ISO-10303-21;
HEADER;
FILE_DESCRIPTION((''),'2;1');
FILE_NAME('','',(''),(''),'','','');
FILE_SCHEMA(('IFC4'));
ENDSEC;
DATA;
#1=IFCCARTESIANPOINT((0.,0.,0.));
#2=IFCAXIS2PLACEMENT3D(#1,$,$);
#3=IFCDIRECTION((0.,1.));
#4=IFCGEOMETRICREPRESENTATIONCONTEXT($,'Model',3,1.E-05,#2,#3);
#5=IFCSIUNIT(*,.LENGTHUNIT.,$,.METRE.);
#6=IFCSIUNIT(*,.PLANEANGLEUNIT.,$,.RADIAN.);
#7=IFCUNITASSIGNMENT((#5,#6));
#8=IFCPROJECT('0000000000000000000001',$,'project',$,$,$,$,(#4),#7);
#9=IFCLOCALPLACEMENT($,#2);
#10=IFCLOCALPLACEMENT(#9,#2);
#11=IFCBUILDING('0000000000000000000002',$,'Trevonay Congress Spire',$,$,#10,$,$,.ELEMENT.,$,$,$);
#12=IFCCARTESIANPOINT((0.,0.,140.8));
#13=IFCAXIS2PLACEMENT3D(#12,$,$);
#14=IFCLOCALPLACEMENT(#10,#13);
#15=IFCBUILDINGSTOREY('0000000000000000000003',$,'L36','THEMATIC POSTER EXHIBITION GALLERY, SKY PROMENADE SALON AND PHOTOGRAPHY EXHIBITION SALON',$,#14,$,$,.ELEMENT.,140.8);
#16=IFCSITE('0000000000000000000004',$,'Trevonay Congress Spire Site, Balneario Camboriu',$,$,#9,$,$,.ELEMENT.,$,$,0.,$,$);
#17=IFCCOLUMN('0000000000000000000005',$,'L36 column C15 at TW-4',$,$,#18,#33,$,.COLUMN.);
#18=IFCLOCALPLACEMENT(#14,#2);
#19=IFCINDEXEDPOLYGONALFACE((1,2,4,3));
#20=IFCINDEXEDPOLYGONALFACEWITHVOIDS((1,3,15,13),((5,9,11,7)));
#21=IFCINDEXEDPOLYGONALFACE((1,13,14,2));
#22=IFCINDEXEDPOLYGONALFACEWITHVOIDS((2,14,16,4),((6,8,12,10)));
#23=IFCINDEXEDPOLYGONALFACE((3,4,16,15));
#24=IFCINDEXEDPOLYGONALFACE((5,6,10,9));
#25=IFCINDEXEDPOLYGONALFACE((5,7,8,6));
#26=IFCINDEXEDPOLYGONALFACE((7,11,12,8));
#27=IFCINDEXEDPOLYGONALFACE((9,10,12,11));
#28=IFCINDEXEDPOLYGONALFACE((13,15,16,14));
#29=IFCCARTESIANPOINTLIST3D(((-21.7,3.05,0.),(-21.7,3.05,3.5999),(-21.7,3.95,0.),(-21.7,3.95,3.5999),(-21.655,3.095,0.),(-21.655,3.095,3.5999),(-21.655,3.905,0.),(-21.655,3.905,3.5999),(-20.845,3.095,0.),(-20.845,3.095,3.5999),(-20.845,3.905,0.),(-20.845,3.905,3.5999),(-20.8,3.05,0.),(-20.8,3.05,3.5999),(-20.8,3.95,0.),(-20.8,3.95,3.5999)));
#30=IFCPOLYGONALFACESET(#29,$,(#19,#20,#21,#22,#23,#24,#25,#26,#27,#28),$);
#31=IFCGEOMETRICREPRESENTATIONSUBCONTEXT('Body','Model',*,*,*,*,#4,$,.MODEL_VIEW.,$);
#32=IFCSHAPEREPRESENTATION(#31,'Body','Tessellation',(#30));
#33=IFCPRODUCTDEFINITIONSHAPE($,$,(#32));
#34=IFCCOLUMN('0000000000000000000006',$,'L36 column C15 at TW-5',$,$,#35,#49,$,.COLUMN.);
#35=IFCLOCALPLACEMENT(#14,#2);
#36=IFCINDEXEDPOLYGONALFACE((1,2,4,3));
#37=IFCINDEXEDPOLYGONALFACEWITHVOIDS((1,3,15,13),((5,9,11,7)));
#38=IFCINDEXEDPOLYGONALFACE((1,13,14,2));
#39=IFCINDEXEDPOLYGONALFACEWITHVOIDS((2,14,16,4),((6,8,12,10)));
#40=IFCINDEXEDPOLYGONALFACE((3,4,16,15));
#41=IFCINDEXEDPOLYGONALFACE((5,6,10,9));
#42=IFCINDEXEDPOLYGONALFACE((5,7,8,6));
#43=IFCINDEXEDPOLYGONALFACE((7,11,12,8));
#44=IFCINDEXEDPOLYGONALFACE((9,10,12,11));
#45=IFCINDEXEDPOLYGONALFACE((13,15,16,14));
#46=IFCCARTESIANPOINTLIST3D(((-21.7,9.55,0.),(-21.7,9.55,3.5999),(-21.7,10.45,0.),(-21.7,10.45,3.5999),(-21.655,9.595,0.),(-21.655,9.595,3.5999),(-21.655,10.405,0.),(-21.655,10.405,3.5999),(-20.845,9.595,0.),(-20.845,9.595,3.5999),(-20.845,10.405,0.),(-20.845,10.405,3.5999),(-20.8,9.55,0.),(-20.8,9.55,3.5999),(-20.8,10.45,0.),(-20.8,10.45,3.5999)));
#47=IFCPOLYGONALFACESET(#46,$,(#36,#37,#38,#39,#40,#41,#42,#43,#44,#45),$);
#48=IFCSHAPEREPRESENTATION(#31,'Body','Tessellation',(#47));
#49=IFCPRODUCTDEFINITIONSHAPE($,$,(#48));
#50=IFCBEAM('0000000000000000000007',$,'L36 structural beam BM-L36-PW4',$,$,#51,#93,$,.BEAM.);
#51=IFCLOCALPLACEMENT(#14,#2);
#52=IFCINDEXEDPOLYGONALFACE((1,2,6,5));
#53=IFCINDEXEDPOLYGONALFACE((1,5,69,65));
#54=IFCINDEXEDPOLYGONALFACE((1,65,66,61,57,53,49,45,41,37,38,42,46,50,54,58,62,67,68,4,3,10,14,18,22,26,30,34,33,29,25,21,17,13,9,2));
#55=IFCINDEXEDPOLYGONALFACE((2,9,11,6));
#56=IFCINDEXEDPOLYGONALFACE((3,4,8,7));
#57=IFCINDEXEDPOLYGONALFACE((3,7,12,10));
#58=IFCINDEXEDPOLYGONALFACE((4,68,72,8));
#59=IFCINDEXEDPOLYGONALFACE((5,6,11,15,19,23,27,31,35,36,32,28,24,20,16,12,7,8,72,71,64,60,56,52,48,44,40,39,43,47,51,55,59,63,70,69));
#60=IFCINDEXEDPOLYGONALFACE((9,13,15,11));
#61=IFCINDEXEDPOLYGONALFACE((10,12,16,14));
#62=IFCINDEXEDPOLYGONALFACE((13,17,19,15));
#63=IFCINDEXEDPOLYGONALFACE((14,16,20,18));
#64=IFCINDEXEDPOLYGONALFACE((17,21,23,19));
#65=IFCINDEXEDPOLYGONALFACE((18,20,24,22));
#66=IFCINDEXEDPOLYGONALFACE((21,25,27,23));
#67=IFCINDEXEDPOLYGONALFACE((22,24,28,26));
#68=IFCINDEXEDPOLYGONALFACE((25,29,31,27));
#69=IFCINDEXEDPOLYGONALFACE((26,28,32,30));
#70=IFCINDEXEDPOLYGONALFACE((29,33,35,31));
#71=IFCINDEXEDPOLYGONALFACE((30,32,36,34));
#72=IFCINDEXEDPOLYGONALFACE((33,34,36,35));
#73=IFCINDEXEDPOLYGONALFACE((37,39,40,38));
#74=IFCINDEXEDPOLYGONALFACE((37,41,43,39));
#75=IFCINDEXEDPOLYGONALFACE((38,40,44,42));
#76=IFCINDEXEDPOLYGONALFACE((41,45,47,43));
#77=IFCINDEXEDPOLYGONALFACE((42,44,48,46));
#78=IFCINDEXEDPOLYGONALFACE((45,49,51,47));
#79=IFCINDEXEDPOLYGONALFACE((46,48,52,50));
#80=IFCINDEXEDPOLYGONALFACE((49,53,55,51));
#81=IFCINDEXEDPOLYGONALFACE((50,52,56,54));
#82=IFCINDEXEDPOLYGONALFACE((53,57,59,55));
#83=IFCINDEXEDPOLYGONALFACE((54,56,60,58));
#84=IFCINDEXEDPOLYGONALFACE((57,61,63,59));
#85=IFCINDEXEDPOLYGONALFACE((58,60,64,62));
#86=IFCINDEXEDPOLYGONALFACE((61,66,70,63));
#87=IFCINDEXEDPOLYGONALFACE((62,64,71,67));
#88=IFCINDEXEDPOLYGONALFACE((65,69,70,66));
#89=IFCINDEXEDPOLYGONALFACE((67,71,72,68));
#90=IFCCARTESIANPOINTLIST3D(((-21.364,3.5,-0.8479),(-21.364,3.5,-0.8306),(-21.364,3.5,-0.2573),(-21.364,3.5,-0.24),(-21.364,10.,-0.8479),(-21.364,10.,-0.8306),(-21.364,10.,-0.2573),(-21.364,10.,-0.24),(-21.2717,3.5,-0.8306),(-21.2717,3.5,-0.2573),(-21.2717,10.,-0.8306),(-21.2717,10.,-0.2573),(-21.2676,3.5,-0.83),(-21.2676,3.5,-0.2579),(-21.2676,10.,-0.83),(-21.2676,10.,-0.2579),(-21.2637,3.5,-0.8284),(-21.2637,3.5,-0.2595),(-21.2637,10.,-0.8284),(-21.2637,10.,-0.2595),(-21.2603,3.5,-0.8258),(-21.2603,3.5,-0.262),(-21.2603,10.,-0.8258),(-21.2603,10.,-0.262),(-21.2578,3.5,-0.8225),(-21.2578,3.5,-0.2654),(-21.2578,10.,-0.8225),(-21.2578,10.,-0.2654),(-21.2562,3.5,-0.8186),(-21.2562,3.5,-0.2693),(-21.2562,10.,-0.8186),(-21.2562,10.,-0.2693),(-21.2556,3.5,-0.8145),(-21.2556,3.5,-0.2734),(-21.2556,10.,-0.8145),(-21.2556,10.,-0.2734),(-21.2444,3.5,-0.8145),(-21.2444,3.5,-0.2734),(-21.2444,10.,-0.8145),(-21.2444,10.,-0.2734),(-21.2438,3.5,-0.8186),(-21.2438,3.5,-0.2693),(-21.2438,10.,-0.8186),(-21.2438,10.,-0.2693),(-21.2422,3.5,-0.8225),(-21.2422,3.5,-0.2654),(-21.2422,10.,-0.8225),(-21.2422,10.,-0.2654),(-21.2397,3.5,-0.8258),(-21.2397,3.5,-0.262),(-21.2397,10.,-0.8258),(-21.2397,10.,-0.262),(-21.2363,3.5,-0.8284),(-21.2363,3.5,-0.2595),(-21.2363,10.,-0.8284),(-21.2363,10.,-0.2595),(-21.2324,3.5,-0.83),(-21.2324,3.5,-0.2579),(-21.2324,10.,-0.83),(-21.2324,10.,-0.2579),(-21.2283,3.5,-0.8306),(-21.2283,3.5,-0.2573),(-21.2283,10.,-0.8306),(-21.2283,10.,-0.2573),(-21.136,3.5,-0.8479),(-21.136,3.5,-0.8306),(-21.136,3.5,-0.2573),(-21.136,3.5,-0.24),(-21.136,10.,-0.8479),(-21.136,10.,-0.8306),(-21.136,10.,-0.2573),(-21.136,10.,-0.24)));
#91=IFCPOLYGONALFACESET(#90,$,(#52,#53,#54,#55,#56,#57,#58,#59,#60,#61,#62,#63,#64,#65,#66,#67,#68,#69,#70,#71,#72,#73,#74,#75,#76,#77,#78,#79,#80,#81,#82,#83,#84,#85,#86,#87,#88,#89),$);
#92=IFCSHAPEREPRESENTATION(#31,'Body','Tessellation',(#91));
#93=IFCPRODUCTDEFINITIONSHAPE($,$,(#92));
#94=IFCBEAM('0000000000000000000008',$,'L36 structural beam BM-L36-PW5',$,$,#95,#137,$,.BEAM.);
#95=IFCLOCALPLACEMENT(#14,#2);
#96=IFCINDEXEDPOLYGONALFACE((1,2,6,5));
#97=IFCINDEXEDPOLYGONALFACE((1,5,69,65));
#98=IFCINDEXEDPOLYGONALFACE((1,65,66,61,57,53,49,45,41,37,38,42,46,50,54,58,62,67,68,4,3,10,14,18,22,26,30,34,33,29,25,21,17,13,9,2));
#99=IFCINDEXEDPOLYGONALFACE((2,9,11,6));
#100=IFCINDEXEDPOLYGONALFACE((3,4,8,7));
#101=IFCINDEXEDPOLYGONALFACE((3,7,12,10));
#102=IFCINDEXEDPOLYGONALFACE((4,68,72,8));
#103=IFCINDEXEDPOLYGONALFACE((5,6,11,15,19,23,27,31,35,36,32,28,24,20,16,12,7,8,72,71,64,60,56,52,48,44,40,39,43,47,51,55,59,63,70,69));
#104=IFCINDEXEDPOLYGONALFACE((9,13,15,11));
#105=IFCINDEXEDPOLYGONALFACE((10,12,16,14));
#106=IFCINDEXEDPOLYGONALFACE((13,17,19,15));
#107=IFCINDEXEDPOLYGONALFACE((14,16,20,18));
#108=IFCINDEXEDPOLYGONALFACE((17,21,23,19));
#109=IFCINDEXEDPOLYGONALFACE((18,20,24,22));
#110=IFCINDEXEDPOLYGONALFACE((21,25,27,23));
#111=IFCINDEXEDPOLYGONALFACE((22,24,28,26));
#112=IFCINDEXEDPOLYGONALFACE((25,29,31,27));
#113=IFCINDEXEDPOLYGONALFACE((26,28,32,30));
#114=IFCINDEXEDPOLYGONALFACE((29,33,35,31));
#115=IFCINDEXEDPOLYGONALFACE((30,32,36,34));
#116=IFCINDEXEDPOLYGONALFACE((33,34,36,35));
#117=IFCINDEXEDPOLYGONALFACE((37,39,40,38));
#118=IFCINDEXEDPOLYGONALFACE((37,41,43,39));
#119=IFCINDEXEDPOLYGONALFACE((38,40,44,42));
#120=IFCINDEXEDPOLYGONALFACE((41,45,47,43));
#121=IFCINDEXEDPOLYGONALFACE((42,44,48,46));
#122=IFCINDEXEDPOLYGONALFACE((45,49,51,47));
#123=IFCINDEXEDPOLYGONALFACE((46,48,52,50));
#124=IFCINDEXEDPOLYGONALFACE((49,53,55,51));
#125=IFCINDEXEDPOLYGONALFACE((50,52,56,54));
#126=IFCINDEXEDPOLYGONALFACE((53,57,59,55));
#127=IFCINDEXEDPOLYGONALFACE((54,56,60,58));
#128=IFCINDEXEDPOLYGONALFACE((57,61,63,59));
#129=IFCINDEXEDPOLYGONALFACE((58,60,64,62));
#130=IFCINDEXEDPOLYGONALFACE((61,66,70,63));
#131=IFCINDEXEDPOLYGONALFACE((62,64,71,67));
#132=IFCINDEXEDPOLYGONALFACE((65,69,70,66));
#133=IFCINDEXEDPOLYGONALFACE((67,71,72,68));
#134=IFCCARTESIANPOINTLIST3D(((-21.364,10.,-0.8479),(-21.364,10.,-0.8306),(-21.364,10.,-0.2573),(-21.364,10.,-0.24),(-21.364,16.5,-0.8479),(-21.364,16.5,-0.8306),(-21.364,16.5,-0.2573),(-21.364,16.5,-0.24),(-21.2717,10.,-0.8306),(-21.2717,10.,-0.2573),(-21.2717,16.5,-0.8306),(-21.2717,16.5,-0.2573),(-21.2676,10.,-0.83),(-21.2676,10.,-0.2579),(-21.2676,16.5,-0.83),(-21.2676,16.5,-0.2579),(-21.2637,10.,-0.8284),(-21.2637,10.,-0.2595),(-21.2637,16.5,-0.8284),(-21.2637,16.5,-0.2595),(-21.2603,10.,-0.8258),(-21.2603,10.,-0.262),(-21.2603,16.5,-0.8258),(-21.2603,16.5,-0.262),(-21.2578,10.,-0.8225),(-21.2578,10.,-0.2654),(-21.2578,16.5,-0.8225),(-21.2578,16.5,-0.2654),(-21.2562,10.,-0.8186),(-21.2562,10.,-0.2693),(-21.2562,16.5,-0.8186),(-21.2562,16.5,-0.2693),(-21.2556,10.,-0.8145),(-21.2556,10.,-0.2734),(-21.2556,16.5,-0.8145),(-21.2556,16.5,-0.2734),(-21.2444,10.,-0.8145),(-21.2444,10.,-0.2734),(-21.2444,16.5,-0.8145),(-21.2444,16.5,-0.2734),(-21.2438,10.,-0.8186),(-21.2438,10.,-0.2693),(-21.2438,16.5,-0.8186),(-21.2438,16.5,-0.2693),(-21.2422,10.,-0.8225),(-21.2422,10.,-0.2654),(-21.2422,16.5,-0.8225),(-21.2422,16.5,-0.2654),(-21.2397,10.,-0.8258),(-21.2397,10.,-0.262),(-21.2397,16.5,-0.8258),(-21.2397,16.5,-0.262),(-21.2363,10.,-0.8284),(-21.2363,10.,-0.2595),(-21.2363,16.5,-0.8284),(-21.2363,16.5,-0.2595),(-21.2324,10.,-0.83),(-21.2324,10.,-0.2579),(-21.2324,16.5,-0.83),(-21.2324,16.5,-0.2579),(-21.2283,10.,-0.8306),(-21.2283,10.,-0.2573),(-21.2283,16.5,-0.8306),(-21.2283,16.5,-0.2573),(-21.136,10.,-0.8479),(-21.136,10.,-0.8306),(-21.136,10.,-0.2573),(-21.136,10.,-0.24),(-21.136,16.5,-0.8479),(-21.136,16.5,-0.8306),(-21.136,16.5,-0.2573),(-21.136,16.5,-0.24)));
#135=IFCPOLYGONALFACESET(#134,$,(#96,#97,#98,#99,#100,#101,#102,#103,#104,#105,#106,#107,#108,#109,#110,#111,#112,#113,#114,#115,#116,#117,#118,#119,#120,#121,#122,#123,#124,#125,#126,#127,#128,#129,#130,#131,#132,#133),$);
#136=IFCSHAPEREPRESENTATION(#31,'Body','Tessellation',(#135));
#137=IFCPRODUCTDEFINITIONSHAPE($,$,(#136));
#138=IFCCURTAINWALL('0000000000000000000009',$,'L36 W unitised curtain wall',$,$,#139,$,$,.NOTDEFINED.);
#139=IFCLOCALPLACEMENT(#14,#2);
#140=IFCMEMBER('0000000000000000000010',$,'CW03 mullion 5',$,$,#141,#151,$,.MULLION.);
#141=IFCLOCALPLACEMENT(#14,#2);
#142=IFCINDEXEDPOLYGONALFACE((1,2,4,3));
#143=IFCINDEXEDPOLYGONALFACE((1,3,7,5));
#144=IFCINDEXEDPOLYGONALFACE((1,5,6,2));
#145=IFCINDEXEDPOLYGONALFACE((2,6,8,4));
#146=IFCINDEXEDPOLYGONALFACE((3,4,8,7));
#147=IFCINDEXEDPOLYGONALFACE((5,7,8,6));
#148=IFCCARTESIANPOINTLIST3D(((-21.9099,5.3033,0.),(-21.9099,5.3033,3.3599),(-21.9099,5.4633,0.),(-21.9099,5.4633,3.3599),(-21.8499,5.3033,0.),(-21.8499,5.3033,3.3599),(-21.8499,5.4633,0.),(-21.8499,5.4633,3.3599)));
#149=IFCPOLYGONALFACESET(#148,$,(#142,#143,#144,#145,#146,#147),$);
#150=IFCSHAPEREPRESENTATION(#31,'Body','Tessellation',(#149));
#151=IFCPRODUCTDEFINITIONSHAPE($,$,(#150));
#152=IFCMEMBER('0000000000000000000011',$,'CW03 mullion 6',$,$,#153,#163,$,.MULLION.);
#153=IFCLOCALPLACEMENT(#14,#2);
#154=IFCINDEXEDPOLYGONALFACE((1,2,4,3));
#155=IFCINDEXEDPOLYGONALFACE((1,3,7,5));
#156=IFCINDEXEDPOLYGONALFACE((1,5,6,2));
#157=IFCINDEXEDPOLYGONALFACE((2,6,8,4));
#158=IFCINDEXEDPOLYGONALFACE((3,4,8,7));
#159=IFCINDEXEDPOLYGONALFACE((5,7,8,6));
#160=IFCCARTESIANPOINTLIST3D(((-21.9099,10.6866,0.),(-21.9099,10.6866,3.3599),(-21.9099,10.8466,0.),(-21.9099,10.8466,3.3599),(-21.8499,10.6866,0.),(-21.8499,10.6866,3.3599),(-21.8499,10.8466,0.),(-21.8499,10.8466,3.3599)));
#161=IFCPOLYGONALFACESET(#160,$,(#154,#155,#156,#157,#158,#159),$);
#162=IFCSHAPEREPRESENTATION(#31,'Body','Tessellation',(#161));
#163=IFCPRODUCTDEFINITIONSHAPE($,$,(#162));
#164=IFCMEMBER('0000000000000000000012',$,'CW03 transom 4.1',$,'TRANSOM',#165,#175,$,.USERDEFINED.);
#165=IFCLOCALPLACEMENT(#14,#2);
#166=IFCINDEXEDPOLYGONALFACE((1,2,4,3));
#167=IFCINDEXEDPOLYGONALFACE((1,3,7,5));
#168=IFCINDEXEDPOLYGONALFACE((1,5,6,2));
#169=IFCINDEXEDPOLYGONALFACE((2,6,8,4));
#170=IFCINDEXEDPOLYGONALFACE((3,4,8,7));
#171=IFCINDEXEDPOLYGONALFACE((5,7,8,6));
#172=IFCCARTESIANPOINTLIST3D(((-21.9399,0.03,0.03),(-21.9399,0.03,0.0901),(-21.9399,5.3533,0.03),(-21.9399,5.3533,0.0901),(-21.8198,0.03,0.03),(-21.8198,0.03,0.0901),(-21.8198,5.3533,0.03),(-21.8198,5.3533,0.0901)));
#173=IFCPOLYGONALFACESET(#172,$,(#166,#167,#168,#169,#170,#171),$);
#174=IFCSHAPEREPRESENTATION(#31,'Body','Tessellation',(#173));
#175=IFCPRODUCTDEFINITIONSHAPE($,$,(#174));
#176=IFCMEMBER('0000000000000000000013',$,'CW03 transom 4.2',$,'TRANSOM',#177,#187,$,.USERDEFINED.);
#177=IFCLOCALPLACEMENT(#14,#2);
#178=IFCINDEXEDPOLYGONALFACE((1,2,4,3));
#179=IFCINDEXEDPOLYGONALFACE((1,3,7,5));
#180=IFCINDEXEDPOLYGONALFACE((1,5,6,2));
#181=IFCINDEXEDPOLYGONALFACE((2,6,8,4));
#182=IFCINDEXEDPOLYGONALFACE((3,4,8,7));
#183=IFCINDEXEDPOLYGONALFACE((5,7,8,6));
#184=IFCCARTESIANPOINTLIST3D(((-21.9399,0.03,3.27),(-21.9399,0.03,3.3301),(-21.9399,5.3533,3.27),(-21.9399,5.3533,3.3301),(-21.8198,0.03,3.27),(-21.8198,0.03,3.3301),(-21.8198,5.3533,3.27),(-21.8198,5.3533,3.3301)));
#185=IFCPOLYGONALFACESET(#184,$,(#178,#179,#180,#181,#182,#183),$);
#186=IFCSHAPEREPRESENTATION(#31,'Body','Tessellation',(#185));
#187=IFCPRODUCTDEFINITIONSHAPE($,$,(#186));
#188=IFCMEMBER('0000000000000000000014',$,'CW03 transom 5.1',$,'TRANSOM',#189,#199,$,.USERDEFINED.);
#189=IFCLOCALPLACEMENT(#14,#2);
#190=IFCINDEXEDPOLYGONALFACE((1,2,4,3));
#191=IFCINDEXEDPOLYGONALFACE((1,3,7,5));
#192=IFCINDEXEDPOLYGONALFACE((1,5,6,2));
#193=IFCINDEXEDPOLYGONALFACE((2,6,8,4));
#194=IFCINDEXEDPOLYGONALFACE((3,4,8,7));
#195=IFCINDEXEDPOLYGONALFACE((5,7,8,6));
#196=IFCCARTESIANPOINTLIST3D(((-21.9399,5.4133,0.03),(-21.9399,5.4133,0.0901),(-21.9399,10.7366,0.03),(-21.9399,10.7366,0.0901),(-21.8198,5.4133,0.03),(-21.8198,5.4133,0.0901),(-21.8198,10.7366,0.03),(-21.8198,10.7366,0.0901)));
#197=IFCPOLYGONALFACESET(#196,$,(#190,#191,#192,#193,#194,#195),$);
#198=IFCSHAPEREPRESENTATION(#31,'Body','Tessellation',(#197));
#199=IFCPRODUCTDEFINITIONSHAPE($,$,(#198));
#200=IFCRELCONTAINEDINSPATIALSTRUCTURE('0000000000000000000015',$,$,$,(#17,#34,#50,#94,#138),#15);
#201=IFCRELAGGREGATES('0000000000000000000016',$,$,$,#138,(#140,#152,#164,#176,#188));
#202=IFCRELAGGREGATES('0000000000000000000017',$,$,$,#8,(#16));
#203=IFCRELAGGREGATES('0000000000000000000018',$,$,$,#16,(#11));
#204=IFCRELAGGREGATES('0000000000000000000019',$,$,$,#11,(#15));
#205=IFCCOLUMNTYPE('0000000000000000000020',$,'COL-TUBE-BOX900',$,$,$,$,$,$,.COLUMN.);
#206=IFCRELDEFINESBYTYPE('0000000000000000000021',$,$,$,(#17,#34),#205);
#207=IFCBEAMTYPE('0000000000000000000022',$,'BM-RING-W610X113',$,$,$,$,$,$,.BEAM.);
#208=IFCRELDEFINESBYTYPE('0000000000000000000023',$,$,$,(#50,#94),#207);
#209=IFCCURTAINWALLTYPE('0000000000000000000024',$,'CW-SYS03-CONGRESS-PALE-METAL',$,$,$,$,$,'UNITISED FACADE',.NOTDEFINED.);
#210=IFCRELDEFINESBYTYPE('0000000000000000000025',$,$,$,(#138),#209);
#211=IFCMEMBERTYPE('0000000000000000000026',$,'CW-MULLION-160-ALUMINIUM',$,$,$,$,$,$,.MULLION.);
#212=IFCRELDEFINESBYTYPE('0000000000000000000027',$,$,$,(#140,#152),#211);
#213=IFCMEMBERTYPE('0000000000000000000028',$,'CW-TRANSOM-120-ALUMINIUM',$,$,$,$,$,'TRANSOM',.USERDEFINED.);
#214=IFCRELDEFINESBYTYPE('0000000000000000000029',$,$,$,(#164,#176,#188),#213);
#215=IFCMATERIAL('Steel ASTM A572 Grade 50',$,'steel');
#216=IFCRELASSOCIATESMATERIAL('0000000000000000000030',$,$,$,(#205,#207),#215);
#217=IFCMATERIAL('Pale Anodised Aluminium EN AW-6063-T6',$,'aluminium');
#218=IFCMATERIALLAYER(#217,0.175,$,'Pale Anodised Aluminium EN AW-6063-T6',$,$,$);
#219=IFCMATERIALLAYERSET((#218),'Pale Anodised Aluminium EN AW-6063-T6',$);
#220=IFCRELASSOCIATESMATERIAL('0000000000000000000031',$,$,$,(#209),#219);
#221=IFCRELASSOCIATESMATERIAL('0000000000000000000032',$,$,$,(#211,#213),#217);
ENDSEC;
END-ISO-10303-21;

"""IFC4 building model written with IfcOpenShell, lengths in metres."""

from ifc_helpers import new_model, si_unit, direction, frame, origin, origin_2d, place, context, subcontext, project, spatial, rectangle, hollow_rectangle, i_section, extrude, material, layer, layer_set, material_profile, profile_set, type_object, element, aggregate, save


model = new_model("IFC4")

# Units and contexts
model_context = context("Model", 3, precision=1e-05, world=origin(), true_north=direction((0.0, 1.0)))
body_context = subcontext(model_context, "Body", "Model", "MODEL_VIEW")
ifc_project = project(units=[si_unit("LENGTHUNIT", "METRE"), si_unit("PLANEANGLEUNIT", "RADIAN")], contexts=[model_context])

# Site, building, storey
site_placement = place(None, origin())
site = spatial("IfcSite", under=ifc_project, at=site_placement, Name="Trevonay Congress Spire Site, Balneario Camboriu", CompositionType="ELEMENT", RefElevation=0.0)
building_placement = place(site_placement, origin())
building = spatial("IfcBuilding", under=site, at=building_placement, Name="Trevonay Congress Spire", CompositionType="ELEMENT")
storey_placement = place(building_placement, frame((0.0, 0.0, 140.8)))
storey = spatial("IfcBuildingStorey", under=building, at=storey_placement, Name="L36", Description="THEMATIC POSTER EXHIBITION GALLERY, SKY PROMENADE SALON AND PHOTOGRAPHY EXHIBITION SALON", CompositionType="ELEMENT", Elevation=140.8)

# Columns
ifc_material_1 = material(Name="Steel ASTM A572 Grade 50", Category="steel")
ifc_material_profile_1 = material_profile(ifc_material_1, hollow_rectangle(XDim=0.8999, YDim=0.8999, WallThickness=0.0449, at=origin_2d()), Name="BOX 900x900x45")
ifc_profile_set_1 = profile_set([ifc_material_profile_1], Name="Steel ASTM A572 Grade 50")
column_type = type_object("IfcColumnType", Name="COL-TUBE-BOX900", PredefinedType="COLUMN", material=ifc_profile_set_1)
for number, where, z_axis, x_axis, name in (
    (1, (-21.25, 3.5, 0.0), (0.0, 0.0, 1.0), (1.0, 0.0, 0.0), "L36 column C15 at TW-4"),
    (2, (-21.25, 10.0, 0.0), (0.0, 0.0, 1.0), (1.0, 0.0, 0.0), "L36 column C15 at TW-5"),
):
    element("IfcColumn", number, at=place(storey_placement, frame(where, z_axis=z_axis, x_axis=x_axis)), inside=storey, type_object=column_type, Name=name, PredefinedType="COLUMN", context=body_context, shape_type="SweptSolid", body=[
        extrude(hollow_rectangle(XDim=0.8999, YDim=0.8999, WallThickness=0.0449, at=origin_2d()), origin(), (0.0, 0.0, 1.0), 3.5999),
    ])

# Beams
ifc_material_profile_2 = material_profile(ifc_material_1, i_section(OverallWidth=0.228, OverallDepth=0.6079, WebThickness=0.0112, FlangeThickness=0.0173, FilletRadius=0.0161, at=origin_2d()), Name="W610x113")
ifc_profile_set_2 = profile_set([ifc_material_profile_2], Name="Steel ASTM A572 Grade 50")
beam_type_1 = type_object("IfcBeamType", Name="BM-RING-W610X113", PredefinedType="BEAM", material=ifc_profile_set_2)
for number, where, z_axis, x_axis, name in (
    (3, (-21.25, 3.5, -0.5439), (0.0, 1.0, 0.0), (-1.0, 0.0, 0.0), "L36 structural beam BM-L36-PW4"),
    (4, (-21.25, 10.0, -0.5439), (0.0, 1.0, 0.0), (-1.0, 0.0, 0.0), "L36 structural beam BM-L36-PW5"),
):
    element("IfcBeam", number, at=place(storey_placement, frame(where, z_axis=z_axis, x_axis=x_axis)), inside=storey, type_object=beam_type_1, Name=name, PredefinedType="BEAM", context=body_context, shape_type="SweptSolid", body=[
        extrude(i_section(OverallWidth=0.228, OverallDepth=0.6079, WebThickness=0.0112, FlangeThickness=0.0173, FilletRadius=0.0161, at=origin_2d()), origin(), (0.0, 0.0, 1.0), 6.5),
    ])

# Curtain wall, members
ifc_material_2 = material(Name="Pale Anodised Aluminium EN AW-6063-T6", Category="aluminium")
ifc_layer_1 = layer(ifc_material_2, 0.175, Name="Pale Anodised Aluminium EN AW-6063-T6")
ifc_layer_set_1 = layer_set([ifc_layer_1], Name="Pale Anodised Aluminium EN AW-6063-T6")
curtain_wall_type = type_object("IfcCurtainWallType", Name="CW-SYS03-CONGRESS-PALE-METAL", ElementType="UNITISED FACADE", PredefinedType="NOTDEFINED", material=ifc_layer_set_1)
curtain_wall_placement = place(storey_placement, origin())
curtain_wall = element("IfcCurtainWall", 5, at=curtain_wall_placement, inside=storey, type_object=curtain_wall_type, Name="L36 W unitised curtain wall", PredefinedType="NOTDEFINED")
ifc_material_profile_3 = material_profile(ifc_material_2, rectangle(XDim=0.0601, YDim=0.1599, at=origin_2d()), Name="CW-MULLION-160-ALUMINIUM")
ifc_profile_set_3 = profile_set([ifc_material_profile_3], Name="Pale Anodised Aluminium EN AW-6063-T6")
member_type_1 = type_object("IfcMemberType", Name="CW-MULLION-160-ALUMINIUM", PredefinedType="MULLION", material=ifc_profile_set_3)
member_1_placement = place(storey_placement, frame((-21.8799, 5.3833, 0.0), z_axis=(0.0, 0.0, 1.0), x_axis=(-1.0, 0.0, 0.0)))
member_1 = element("IfcMember", 6, at=member_1_placement, type_object=member_type_1, Name="CW03 mullion 5", PredefinedType="MULLION", context=body_context, shape_type="SweptSolid", body=[
    extrude(rectangle(XDim=0.0601, YDim=0.1599, at=origin_2d()), origin(), (0.0, 0.0, 1.0), 3.3599),
])
member_2_placement = place(storey_placement, frame((-21.8799, 10.7666, 0.0), z_axis=(0.0, 0.0, 1.0), x_axis=(-1.0, 0.0, 0.0)))
member_2 = element("IfcMember", 7, at=member_2_placement, type_object=member_type_1, Name="CW03 mullion 6", PredefinedType="MULLION", context=body_context, shape_type="SweptSolid", body=[
    extrude(rectangle(XDim=0.0601, YDim=0.1599, at=origin_2d()), origin(), (0.0, 0.0, 1.0), 3.3599),
])
ifc_material_profile_4 = material_profile(ifc_material_2, rectangle(XDim=0.1201, YDim=0.0601, at=origin_2d()), Name="CW-TRANSOM-120-ALUMINIUM")
ifc_profile_set_4 = profile_set([ifc_material_profile_4], Name="Pale Anodised Aluminium EN AW-6063-T6")
member_type_2 = type_object("IfcMemberType", Name="CW-TRANSOM-120-ALUMINIUM", ElementType="TRANSOM", PredefinedType="USERDEFINED", material=ifc_profile_set_4)
member_3_placement = place(storey_placement, frame((-21.8799, 0.03, 0.0601), z_axis=(0.0, 1.0, 0.0), x_axis=(-1.0, 0.0, 0.0)))
member_3 = element("IfcMember", 8, at=member_3_placement, type_object=member_type_2, Name="CW03 transom 4.1", ObjectType="TRANSOM", PredefinedType="USERDEFINED", context=body_context, shape_type="SweptSolid", body=[
    extrude(rectangle(XDim=0.1201, YDim=0.0601, at=origin_2d()), origin(), (0.0, 0.0, 1.0), 5.3232),
])
member_4_placement = place(storey_placement, frame((-21.8799, 0.03, 3.3), z_axis=(0.0, 1.0, 0.0), x_axis=(-1.0, 0.0, 0.0)))
member_4 = element("IfcMember", 9, at=member_4_placement, type_object=member_type_2, Name="CW03 transom 4.2", ObjectType="TRANSOM", PredefinedType="USERDEFINED", context=body_context, shape_type="SweptSolid", body=[
    extrude(rectangle(XDim=0.1201, YDim=0.0601, at=origin_2d()), origin(), (0.0, 0.0, 1.0), 5.3232),
])
member_5_placement = place(storey_placement, frame((-21.8799, 5.4133, 0.0601), z_axis=(0.0, 1.0, 0.0), x_axis=(-1.0, 0.0, 0.0)))
member_5 = element("IfcMember", 10, at=member_5_placement, type_object=member_type_2, Name="CW03 transom 5.1", ObjectType="TRANSOM", PredefinedType="USERDEFINED", context=body_context, shape_type="SweptSolid", body=[
    extrude(rectangle(XDim=0.1201, YDim=0.0601, at=origin_2d()), origin(), (0.0, 0.0, 1.0), 5.3232),
])

aggregate(curtain_wall, [member_1, member_2, member_3, member_4, member_5])

save(model, "model.ifc")
